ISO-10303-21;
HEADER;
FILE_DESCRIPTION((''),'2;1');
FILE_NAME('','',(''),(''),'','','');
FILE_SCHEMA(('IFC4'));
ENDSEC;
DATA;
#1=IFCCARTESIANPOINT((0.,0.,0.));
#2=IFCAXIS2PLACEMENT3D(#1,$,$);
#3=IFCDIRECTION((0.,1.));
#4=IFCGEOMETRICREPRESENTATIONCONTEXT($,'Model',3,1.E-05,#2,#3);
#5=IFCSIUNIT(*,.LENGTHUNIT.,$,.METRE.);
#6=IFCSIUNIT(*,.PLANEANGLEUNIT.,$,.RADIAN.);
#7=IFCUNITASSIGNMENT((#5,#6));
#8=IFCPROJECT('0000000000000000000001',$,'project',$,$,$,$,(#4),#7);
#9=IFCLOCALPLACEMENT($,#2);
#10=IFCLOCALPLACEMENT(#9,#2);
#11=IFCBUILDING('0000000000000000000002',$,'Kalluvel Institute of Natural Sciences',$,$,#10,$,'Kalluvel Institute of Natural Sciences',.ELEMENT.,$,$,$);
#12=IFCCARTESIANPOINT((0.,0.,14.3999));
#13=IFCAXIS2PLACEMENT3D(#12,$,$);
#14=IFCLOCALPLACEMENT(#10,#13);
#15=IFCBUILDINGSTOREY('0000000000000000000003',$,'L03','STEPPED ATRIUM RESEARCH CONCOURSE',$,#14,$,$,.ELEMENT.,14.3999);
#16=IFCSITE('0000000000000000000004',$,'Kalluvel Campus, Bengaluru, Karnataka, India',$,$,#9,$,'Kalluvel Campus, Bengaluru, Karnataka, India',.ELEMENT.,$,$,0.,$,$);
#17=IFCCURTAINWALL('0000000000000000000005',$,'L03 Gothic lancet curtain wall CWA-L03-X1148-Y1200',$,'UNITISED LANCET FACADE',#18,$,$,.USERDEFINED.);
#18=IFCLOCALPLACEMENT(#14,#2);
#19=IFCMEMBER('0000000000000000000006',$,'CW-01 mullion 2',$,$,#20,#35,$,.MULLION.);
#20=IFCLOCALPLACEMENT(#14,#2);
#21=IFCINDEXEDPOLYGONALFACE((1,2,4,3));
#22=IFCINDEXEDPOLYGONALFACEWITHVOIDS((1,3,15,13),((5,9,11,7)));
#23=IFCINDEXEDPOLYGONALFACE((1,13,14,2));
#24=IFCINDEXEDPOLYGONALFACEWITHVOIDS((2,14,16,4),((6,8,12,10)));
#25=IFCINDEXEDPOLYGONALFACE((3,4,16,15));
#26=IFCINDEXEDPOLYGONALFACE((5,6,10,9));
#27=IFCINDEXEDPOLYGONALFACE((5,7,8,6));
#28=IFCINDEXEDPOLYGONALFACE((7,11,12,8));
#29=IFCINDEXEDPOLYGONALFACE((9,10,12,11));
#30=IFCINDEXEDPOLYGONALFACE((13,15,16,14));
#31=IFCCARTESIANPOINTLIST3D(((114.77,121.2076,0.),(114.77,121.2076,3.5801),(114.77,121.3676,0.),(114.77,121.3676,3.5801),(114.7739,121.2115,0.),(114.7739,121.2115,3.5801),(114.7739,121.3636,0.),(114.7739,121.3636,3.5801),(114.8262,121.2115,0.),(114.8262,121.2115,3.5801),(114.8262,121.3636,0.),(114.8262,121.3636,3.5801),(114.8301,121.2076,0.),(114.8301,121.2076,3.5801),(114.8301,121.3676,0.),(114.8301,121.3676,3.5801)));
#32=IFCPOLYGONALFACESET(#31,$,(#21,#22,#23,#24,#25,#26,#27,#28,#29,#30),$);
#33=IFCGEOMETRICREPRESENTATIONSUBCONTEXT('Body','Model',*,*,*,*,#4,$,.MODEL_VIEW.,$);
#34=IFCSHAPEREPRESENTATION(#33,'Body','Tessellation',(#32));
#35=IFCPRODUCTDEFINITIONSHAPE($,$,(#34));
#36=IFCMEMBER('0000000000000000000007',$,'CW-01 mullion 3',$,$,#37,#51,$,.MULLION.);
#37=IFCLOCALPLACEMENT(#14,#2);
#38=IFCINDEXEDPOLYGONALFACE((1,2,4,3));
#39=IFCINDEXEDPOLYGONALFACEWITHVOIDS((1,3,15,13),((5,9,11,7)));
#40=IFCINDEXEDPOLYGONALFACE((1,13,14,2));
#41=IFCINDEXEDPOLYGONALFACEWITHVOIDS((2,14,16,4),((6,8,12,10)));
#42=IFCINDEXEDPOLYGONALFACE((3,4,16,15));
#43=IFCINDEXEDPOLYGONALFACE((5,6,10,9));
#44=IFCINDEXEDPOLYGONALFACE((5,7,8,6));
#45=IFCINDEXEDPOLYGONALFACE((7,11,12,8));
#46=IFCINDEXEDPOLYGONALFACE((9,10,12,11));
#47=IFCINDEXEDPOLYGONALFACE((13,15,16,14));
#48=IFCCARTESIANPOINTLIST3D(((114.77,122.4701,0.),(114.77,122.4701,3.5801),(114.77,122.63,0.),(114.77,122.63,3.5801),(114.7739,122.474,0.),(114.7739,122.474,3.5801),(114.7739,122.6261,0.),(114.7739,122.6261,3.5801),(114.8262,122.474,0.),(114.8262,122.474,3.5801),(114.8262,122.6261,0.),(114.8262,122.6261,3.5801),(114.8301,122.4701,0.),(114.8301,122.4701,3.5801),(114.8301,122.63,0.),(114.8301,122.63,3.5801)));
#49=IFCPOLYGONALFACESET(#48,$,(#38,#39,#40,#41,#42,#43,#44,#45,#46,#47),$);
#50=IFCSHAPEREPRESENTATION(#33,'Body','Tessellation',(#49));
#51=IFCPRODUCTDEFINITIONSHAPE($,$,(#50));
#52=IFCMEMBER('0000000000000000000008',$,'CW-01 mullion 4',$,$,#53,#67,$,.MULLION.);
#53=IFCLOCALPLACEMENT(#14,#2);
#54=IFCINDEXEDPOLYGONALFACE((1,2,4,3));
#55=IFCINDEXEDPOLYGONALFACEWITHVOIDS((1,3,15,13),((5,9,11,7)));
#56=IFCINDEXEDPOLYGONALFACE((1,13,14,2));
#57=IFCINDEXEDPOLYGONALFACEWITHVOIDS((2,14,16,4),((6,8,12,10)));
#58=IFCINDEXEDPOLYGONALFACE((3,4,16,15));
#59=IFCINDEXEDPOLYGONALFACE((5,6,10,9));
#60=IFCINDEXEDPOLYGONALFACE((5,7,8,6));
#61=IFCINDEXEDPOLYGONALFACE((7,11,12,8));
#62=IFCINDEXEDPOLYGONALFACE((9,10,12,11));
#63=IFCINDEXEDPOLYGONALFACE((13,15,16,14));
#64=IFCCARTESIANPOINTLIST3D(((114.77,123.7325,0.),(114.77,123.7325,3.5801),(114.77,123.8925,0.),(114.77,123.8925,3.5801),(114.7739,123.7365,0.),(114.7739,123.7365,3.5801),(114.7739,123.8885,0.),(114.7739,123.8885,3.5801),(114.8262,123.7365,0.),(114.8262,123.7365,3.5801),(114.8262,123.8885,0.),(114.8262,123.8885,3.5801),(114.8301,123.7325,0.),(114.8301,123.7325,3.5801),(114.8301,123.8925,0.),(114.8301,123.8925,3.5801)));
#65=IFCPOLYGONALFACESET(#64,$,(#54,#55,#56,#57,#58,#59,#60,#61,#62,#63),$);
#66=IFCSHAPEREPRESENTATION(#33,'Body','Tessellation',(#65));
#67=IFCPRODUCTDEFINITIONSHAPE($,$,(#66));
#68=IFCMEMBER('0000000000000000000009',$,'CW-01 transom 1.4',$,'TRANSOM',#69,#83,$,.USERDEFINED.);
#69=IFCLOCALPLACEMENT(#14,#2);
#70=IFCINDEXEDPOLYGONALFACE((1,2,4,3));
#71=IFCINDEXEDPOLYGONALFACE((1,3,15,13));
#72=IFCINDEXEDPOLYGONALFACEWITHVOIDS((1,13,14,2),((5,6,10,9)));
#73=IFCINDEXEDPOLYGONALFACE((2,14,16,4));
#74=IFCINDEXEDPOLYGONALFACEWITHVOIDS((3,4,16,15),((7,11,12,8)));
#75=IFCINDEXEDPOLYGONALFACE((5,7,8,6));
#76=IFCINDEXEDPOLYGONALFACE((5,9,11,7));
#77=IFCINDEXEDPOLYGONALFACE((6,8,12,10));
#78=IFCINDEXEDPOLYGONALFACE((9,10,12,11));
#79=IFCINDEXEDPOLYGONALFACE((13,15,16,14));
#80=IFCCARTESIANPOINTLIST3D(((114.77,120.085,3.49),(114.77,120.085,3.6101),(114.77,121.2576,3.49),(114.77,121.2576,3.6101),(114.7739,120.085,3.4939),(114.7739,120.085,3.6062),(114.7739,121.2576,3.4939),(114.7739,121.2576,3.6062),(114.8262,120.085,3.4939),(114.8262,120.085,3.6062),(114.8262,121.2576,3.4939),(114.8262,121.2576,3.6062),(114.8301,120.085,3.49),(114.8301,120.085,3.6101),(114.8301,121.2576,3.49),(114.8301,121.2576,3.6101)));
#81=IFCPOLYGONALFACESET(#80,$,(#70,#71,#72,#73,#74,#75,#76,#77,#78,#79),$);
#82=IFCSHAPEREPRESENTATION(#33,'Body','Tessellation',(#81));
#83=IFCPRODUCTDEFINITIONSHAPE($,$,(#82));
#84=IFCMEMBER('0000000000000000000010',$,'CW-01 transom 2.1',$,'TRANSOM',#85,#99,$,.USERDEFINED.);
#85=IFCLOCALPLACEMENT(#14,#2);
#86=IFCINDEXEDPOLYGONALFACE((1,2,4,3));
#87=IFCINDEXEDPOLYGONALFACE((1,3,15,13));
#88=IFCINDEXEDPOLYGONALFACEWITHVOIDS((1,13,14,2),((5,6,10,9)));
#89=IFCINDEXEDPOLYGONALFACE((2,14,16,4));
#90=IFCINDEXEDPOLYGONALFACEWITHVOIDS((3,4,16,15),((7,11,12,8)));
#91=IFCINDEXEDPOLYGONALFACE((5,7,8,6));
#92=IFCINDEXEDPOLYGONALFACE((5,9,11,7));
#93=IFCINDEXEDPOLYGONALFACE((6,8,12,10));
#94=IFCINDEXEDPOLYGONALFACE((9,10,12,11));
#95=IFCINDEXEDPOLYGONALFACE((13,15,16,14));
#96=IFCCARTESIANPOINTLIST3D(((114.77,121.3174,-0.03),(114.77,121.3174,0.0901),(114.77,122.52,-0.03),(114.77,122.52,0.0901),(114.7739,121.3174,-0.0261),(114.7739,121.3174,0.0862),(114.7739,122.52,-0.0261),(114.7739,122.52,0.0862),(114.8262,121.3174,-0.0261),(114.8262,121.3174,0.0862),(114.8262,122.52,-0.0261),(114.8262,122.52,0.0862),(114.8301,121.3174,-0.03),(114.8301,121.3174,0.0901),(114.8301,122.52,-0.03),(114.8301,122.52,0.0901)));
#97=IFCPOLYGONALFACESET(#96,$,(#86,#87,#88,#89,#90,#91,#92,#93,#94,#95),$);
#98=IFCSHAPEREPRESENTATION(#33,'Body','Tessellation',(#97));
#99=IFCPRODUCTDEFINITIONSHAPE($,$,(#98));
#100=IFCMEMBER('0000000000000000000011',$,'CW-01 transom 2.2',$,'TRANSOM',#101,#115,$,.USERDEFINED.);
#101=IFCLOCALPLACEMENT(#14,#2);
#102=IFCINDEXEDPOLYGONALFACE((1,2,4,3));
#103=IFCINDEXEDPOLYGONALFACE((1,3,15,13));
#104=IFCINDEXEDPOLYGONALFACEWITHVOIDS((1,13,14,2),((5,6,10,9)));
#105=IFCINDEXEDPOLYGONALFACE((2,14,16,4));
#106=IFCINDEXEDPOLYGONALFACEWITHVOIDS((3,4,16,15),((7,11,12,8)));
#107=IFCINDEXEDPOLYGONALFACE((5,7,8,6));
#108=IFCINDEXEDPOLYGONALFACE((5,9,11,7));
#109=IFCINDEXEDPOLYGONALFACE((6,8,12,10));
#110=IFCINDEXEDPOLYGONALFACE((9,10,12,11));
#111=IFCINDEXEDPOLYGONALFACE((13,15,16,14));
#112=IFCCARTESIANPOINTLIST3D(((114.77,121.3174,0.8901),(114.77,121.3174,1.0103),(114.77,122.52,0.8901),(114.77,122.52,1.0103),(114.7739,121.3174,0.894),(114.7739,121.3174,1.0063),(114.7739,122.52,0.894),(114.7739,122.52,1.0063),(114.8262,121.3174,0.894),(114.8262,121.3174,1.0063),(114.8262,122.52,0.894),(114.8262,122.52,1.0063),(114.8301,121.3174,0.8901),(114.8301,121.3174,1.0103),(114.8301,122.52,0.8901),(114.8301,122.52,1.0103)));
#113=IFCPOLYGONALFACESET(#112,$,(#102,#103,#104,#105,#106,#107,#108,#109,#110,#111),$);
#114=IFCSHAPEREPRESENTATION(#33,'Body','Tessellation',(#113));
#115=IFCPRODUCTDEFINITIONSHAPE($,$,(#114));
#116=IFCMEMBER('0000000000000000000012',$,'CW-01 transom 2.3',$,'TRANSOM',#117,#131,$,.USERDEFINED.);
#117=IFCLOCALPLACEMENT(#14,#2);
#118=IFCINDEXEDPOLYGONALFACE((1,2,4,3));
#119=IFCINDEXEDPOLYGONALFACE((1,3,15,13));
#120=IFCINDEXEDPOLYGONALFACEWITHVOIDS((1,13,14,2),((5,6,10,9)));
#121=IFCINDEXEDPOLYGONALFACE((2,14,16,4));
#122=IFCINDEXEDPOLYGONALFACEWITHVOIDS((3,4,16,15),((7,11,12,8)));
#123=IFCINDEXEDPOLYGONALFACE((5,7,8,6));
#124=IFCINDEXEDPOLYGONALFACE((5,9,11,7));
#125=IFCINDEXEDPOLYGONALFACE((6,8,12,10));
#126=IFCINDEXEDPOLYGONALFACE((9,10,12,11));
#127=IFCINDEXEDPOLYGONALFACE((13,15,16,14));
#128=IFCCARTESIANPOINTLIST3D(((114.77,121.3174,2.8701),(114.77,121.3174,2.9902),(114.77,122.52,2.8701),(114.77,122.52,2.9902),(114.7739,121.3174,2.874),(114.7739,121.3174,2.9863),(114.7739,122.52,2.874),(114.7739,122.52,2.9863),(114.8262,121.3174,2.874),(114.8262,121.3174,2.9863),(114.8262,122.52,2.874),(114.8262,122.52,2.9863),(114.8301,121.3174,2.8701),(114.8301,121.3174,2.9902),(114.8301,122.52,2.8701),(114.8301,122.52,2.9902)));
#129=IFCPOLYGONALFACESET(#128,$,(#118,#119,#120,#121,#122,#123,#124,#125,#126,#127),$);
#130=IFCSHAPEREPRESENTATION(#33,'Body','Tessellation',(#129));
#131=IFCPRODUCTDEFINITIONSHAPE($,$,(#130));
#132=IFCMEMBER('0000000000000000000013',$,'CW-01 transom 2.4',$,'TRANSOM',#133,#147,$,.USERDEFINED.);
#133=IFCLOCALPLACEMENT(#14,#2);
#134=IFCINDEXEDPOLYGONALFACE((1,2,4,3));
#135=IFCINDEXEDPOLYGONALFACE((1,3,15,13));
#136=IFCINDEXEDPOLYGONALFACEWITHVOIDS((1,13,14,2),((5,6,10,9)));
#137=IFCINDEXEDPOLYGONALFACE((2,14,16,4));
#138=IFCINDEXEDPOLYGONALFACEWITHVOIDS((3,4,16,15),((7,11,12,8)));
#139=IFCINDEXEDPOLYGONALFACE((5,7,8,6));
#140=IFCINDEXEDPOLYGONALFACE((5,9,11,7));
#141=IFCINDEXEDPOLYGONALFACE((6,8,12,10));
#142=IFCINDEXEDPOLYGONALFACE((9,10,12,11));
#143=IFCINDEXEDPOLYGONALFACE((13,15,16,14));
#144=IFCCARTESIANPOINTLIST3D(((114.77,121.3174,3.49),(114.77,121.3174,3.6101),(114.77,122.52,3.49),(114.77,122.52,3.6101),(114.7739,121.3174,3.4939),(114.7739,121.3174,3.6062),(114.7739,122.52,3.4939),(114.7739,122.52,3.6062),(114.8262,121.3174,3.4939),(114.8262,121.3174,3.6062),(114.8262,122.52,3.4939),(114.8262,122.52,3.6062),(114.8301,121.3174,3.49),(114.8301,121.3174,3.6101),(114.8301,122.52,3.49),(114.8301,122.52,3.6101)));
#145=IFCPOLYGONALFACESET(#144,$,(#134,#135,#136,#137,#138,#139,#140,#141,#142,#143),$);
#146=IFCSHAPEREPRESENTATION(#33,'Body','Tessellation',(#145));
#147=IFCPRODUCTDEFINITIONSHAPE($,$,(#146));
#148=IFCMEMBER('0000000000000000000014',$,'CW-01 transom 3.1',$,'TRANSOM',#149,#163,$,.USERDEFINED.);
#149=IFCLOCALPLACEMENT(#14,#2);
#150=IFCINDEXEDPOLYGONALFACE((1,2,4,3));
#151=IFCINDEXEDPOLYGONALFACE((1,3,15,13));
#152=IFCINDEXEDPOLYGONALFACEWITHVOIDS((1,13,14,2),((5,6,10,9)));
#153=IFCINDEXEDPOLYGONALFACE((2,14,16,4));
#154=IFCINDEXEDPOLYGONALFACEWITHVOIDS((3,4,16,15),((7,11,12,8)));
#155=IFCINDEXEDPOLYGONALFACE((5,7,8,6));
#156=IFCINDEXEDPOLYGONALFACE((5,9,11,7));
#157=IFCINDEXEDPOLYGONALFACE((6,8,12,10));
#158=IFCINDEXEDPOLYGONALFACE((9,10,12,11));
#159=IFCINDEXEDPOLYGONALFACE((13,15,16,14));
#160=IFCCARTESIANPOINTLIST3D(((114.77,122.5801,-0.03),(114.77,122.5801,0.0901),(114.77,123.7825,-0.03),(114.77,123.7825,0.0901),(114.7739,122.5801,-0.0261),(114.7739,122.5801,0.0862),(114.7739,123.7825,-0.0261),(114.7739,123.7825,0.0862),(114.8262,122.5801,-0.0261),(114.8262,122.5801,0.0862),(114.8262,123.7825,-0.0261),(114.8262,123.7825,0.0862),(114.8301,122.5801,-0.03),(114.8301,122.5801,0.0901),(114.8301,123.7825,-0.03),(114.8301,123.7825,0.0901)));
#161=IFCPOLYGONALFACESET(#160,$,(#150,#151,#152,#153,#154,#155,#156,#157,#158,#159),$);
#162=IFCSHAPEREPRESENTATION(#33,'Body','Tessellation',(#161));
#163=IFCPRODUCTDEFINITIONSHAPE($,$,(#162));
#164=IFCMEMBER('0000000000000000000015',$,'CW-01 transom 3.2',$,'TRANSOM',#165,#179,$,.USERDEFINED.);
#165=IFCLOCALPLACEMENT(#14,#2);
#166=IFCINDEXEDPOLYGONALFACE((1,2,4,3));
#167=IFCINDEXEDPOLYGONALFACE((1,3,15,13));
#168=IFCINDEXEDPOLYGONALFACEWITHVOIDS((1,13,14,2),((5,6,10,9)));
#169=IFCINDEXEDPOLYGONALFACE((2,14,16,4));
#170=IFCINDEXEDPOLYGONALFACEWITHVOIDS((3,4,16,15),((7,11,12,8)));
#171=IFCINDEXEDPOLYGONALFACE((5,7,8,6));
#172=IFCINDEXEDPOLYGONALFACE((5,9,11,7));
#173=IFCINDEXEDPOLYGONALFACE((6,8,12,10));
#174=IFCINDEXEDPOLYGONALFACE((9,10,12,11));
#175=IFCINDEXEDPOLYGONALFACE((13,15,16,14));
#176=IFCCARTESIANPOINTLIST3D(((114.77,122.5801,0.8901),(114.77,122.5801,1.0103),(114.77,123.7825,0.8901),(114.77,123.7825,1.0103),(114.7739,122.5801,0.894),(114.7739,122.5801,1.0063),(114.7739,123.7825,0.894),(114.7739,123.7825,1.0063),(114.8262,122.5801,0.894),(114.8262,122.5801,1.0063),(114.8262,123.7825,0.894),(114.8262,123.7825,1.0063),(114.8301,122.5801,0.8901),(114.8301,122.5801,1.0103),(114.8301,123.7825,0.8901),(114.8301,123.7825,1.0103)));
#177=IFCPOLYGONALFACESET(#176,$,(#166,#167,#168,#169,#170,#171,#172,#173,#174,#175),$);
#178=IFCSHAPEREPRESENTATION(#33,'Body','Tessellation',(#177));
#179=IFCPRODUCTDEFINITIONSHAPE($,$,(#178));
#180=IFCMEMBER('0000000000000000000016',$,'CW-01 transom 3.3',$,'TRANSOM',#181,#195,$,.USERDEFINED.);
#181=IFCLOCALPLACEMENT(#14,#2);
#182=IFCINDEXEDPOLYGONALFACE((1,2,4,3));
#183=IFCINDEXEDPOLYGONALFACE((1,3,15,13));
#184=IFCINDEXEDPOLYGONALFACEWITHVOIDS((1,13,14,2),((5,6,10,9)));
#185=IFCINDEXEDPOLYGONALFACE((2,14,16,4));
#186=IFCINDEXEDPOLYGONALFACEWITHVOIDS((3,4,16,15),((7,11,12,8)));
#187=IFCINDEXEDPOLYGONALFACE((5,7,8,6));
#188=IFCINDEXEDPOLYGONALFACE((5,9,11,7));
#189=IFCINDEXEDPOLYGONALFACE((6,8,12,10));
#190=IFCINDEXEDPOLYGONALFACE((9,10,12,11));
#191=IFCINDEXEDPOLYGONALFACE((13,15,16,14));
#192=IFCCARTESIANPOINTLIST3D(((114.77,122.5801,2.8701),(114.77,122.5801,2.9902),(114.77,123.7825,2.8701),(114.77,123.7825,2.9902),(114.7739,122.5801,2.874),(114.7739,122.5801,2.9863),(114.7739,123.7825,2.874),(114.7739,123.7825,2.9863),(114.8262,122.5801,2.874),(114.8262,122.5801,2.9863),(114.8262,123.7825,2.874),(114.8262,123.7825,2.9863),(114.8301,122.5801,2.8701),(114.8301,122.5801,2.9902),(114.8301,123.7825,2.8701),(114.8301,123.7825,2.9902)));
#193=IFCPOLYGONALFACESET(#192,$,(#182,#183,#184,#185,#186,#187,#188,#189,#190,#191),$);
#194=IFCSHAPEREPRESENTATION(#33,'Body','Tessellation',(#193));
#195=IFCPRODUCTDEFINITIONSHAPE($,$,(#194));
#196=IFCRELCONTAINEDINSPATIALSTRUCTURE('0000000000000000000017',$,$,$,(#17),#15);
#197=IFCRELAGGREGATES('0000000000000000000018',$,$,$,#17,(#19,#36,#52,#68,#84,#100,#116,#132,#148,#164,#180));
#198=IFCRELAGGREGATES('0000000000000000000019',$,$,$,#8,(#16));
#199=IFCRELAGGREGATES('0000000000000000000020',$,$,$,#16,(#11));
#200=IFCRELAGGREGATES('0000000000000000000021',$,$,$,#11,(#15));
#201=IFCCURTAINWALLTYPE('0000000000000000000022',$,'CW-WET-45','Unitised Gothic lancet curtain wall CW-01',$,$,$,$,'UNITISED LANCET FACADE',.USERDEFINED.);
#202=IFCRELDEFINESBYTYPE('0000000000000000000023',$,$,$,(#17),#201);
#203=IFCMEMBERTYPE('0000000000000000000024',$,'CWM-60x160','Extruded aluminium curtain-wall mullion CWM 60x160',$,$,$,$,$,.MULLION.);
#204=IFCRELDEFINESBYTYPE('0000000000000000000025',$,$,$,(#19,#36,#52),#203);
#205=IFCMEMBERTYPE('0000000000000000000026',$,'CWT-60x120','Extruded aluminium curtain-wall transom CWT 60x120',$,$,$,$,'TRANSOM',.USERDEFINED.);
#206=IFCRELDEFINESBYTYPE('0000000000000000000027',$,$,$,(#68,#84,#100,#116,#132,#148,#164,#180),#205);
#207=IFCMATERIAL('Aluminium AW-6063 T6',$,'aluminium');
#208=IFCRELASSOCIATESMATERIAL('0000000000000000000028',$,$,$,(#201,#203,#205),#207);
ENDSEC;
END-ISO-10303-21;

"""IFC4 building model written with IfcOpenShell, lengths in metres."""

from ifc_helpers import new_model, si_unit, direction, frame, origin, origin_2d, place, context, subcontext, project, spatial, hollow_rectangle, extrude, material, material_profile, profile_set, type_object, element, aggregate, save


model = new_model("IFC4")

# Units and contexts
model_context = context("Model", 3, precision=1e-05, world=origin(), true_north=direction((0.0, 1.0)))
body_context = subcontext(model_context, "Body", "Model", "MODEL_VIEW")
ifc_project = project(units=[si_unit("LENGTHUNIT", "METRE"), si_unit("PLANEANGLEUNIT", "RADIAN")], contexts=[model_context])

# Site, building, storey
site_placement = place(None, origin())
site = spatial("IfcSite", under=ifc_project, at=site_placement, Name="Kalluvel Campus, Bengaluru, Karnataka, India", LongName="Kalluvel Campus, Bengaluru, Karnataka, India", CompositionType="ELEMENT", RefElevation=0.0)
building_placement = place(site_placement, origin())
building = spatial("IfcBuilding", under=site, at=building_placement, Name="Kalluvel Institute of Natural Sciences", LongName="Kalluvel Institute of Natural Sciences", CompositionType="ELEMENT")
storey_placement = place(building_placement, frame((0.0, 0.0, 14.3999)))
storey = spatial("IfcBuildingStorey", under=building, at=storey_placement, Name="L03", Description="STEPPED ATRIUM RESEARCH CONCOURSE", CompositionType="ELEMENT", Elevation=14.3999)

# Curtain wall, members
ifc_material_1 = material(Name="Aluminium AW-6063 T6", Category="aluminium")
curtain_wall_type = type_object("IfcCurtainWallType", Name="CW-WET-45", Description="Unitised Gothic lancet curtain wall CW-01", ElementType="UNITISED LANCET FACADE", PredefinedType="USERDEFINED", material=ifc_material_1)
curtain_wall_placement = place(storey_placement, origin())
curtain_wall = element("IfcCurtainWall", 1, at=curtain_wall_placement, inside=storey, type_object=curtain_wall_type, Name="L03 Gothic lancet curtain wall CWA-L03-X1148-Y1200", ObjectType="UNITISED LANCET FACADE", PredefinedType="USERDEFINED")
ifc_material_profile_1 = material_profile(ifc_material_1, hollow_rectangle(XDim=0.0601, YDim=0.1599, WallThickness=0.0039, at=origin_2d()), Name="CWM 60x160")
ifc_profile_set_1 = profile_set([ifc_material_profile_1], Name="Aluminium AW-6063 T6")
member_type_1 = type_object("IfcMemberType", Name="CWM-60x160", Description="Extruded aluminium curtain-wall mullion CWM 60x160", PredefinedType="MULLION", material=ifc_profile_set_1)
member_1_placement = place(storey_placement, frame((114.8, 121.2876, 0.0), z_axis=(0.0, 0.0, 1.0), x_axis=(-1.0, 0.0, 0.0)))
member_1 = element("IfcMember", 2, at=member_1_placement, type_object=member_type_1, Name="CW-01 mullion 2", PredefinedType="MULLION", context=body_context, shape_type="SweptSolid", body=[
    extrude(hollow_rectangle(XDim=0.0601, YDim=0.1599, WallThickness=0.0039, at=origin_2d()), origin(), (0.0, 0.0, 1.0), 3.5801),
])
member_2_placement = place(storey_placement, frame((114.8, 122.55, 0.0), z_axis=(0.0, 0.0, 1.0), x_axis=(-1.0, 0.0, 0.0)))
member_2 = element("IfcMember", 3, at=member_2_placement, type_object=member_type_1, Name="CW-01 mullion 3", PredefinedType="MULLION", context=body_context, shape_type="SweptSolid", body=[
    extrude(hollow_rectangle(XDim=0.0601, YDim=0.1599, WallThickness=0.0039, at=origin_2d()), origin(), (0.0, 0.0, 1.0), 3.5801),
])
member_3_placement = place(storey_placement, frame((114.8, 123.8125, 0.0), z_axis=(0.0, 0.0, 1.0), x_axis=(-1.0, 0.0, 0.0)))
member_3 = element("IfcMember", 4, at=member_3_placement, type_object=member_type_1, Name="CW-01 mullion 4", PredefinedType="MULLION", context=body_context, shape_type="SweptSolid", body=[
    extrude(hollow_rectangle(XDim=0.0601, YDim=0.1599, WallThickness=0.0039, at=origin_2d()), origin(), (0.0, 0.0, 1.0), 3.5801),
])
ifc_material_profile_2 = material_profile(ifc_material_1, hollow_rectangle(XDim=0.0601, YDim=0.1201, WallThickness=0.0039, at=origin_2d()), Name="CWT 60x120")
ifc_profile_set_2 = profile_set([ifc_material_profile_2], Name="Aluminium AW-6063 T6")
member_type_2 = type_object("IfcMemberType", Name="CWT-60x120", Description="Extruded aluminium curtain-wall transom CWT 60x120", ElementType="TRANSOM", PredefinedType="USERDEFINED", material=ifc_profile_set_2)
member_4_placement = place(storey_placement, frame((114.8, 120.085, 3.55), z_axis=(0.0, 1.0, 0.0), x_axis=(-1.0, 0.0, 0.0)))
member_4 = element("IfcMember", 5, at=member_4_placement, type_object=member_type_2, Name="CW-01 transom 1.4", ObjectType="TRANSOM", PredefinedType="USERDEFINED", context=body_context, shape_type="SweptSolid", body=[
    extrude(hollow_rectangle(XDim=0.0601, YDim=0.1201, WallThickness=0.0039, at=origin_2d()), origin(), (0.0, 0.0, 1.0), 1.1726),
])
member_5_placement = place(storey_placement, frame((114.8, 121.3174, 0.03), z_axis=(0.0, 1.0, 0.0), x_axis=(-1.0, 0.0, 0.0)))
member_5 = element("IfcMember", 6, at=member_5_placement, type_object=member_type_2, Name="CW-01 transom 2.1", ObjectType="TRANSOM", PredefinedType="USERDEFINED", context=body_context, shape_type="SweptSolid", body=[
    extrude(hollow_rectangle(XDim=0.0601, YDim=0.1201, WallThickness=0.0039, at=origin_2d()), origin(), (0.0, 0.0, 1.0), 1.2026),
])
member_6_placement = place(storey_placement, frame((114.8, 121.3174, 0.9502), z_axis=(0.0, 1.0, 0.0), x_axis=(-1.0, 0.0, 0.0)))
member_6 = element("IfcMember", 7, at=member_6_placement, type_object=member_type_2, Name="CW-01 transom 2.2", ObjectType="TRANSOM", PredefinedType="USERDEFINED", context=body_context, shape_type="SweptSolid", body=[
    extrude(hollow_rectangle(XDim=0.0601, YDim=0.1201, WallThickness=0.0039, at=origin_2d()), origin(), (0.0, 0.0, 1.0), 1.2026),
])
member_7_placement = place(storey_placement, frame((114.8, 121.3174, 2.9302), z_axis=(0.0, 1.0, 0.0), x_axis=(-1.0, 0.0, 0.0)))
member_7 = element("IfcMember", 8, at=member_7_placement, type_object=member_type_2, Name="CW-01 transom 2.3", ObjectType="TRANSOM", PredefinedType="USERDEFINED", context=body_context, shape_type="SweptSolid", body=[
    extrude(hollow_rectangle(XDim=0.0601, YDim=0.1201, WallThickness=0.0039, at=origin_2d()), origin(), (0.0, 0.0, 1.0), 1.2026),
])
member_8_placement = place(storey_placement, frame((114.8, 121.3174, 3.55), z_axis=(0.0, 1.0, 0.0), x_axis=(-1.0, 0.0, 0.0)))
member_8 = element("IfcMember", 9, at=member_8_placement, type_object=member_type_2, Name="CW-01 transom 2.4", ObjectType="TRANSOM", PredefinedType="USERDEFINED", context=body_context, shape_type="SweptSolid", body=[
    extrude(hollow_rectangle(XDim=0.0601, YDim=0.1201, WallThickness=0.0039, at=origin_2d()), origin(), (0.0, 0.0, 1.0), 1.2026),
])
member_9_placement = place(storey_placement, frame((114.8, 122.5801, 0.03), z_axis=(0.0, 1.0, 0.0), x_axis=(-1.0, 0.0, 0.0)))
member_9 = element("IfcMember", 10, at=member_9_placement, type_object=member_type_2, Name="CW-01 transom 3.1", ObjectType="TRANSOM", PredefinedType="USERDEFINED", context=body_context, shape_type="SweptSolid", body=[
    extrude(hollow_rectangle(XDim=0.0601, YDim=0.1201, WallThickness=0.0039, at=origin_2d()), origin(), (0.0, 0.0, 1.0), 1.2024),
])
member_10_placement = place(storey_placement, frame((114.8, 122.5801, 0.9502), z_axis=(0.0, 1.0, 0.0), x_axis=(-1.0, 0.0, 0.0)))
member_10 = element("IfcMember", 11, at=member_10_placement, type_object=member_type_2, Name="CW-01 transom 3.2", ObjectType="TRANSOM", PredefinedType="USERDEFINED", context=body_context, shape_type="SweptSolid", body=[
    extrude(hollow_rectangle(XDim=0.0601, YDim=0.1201, WallThickness=0.0039, at=origin_2d()), origin(), (0.0, 0.0, 1.0), 1.2024),
])
member_11_placement = place(storey_placement, frame((114.8, 122.5801, 2.9302), z_axis=(0.0, 1.0, 0.0), x_axis=(-1.0, 0.0, 0.0)))
member_11 = element("IfcMember", 12, at=member_11_placement, type_object=member_type_2, Name="CW-01 transom 3.3", ObjectType="TRANSOM", PredefinedType="USERDEFINED", context=body_context, shape_type="SweptSolid", body=[
    extrude(hollow_rectangle(XDim=0.0601, YDim=0.1201, WallThickness=0.0039, at=origin_2d()), origin(), (0.0, 0.0, 1.0), 1.2024),
])
aggregate(curtain_wall, [member_1, member_2, member_3, member_4, member_5, member_6, member_7, member_8, member_9, member_10, member_11])

save(model, "model.ifc")
